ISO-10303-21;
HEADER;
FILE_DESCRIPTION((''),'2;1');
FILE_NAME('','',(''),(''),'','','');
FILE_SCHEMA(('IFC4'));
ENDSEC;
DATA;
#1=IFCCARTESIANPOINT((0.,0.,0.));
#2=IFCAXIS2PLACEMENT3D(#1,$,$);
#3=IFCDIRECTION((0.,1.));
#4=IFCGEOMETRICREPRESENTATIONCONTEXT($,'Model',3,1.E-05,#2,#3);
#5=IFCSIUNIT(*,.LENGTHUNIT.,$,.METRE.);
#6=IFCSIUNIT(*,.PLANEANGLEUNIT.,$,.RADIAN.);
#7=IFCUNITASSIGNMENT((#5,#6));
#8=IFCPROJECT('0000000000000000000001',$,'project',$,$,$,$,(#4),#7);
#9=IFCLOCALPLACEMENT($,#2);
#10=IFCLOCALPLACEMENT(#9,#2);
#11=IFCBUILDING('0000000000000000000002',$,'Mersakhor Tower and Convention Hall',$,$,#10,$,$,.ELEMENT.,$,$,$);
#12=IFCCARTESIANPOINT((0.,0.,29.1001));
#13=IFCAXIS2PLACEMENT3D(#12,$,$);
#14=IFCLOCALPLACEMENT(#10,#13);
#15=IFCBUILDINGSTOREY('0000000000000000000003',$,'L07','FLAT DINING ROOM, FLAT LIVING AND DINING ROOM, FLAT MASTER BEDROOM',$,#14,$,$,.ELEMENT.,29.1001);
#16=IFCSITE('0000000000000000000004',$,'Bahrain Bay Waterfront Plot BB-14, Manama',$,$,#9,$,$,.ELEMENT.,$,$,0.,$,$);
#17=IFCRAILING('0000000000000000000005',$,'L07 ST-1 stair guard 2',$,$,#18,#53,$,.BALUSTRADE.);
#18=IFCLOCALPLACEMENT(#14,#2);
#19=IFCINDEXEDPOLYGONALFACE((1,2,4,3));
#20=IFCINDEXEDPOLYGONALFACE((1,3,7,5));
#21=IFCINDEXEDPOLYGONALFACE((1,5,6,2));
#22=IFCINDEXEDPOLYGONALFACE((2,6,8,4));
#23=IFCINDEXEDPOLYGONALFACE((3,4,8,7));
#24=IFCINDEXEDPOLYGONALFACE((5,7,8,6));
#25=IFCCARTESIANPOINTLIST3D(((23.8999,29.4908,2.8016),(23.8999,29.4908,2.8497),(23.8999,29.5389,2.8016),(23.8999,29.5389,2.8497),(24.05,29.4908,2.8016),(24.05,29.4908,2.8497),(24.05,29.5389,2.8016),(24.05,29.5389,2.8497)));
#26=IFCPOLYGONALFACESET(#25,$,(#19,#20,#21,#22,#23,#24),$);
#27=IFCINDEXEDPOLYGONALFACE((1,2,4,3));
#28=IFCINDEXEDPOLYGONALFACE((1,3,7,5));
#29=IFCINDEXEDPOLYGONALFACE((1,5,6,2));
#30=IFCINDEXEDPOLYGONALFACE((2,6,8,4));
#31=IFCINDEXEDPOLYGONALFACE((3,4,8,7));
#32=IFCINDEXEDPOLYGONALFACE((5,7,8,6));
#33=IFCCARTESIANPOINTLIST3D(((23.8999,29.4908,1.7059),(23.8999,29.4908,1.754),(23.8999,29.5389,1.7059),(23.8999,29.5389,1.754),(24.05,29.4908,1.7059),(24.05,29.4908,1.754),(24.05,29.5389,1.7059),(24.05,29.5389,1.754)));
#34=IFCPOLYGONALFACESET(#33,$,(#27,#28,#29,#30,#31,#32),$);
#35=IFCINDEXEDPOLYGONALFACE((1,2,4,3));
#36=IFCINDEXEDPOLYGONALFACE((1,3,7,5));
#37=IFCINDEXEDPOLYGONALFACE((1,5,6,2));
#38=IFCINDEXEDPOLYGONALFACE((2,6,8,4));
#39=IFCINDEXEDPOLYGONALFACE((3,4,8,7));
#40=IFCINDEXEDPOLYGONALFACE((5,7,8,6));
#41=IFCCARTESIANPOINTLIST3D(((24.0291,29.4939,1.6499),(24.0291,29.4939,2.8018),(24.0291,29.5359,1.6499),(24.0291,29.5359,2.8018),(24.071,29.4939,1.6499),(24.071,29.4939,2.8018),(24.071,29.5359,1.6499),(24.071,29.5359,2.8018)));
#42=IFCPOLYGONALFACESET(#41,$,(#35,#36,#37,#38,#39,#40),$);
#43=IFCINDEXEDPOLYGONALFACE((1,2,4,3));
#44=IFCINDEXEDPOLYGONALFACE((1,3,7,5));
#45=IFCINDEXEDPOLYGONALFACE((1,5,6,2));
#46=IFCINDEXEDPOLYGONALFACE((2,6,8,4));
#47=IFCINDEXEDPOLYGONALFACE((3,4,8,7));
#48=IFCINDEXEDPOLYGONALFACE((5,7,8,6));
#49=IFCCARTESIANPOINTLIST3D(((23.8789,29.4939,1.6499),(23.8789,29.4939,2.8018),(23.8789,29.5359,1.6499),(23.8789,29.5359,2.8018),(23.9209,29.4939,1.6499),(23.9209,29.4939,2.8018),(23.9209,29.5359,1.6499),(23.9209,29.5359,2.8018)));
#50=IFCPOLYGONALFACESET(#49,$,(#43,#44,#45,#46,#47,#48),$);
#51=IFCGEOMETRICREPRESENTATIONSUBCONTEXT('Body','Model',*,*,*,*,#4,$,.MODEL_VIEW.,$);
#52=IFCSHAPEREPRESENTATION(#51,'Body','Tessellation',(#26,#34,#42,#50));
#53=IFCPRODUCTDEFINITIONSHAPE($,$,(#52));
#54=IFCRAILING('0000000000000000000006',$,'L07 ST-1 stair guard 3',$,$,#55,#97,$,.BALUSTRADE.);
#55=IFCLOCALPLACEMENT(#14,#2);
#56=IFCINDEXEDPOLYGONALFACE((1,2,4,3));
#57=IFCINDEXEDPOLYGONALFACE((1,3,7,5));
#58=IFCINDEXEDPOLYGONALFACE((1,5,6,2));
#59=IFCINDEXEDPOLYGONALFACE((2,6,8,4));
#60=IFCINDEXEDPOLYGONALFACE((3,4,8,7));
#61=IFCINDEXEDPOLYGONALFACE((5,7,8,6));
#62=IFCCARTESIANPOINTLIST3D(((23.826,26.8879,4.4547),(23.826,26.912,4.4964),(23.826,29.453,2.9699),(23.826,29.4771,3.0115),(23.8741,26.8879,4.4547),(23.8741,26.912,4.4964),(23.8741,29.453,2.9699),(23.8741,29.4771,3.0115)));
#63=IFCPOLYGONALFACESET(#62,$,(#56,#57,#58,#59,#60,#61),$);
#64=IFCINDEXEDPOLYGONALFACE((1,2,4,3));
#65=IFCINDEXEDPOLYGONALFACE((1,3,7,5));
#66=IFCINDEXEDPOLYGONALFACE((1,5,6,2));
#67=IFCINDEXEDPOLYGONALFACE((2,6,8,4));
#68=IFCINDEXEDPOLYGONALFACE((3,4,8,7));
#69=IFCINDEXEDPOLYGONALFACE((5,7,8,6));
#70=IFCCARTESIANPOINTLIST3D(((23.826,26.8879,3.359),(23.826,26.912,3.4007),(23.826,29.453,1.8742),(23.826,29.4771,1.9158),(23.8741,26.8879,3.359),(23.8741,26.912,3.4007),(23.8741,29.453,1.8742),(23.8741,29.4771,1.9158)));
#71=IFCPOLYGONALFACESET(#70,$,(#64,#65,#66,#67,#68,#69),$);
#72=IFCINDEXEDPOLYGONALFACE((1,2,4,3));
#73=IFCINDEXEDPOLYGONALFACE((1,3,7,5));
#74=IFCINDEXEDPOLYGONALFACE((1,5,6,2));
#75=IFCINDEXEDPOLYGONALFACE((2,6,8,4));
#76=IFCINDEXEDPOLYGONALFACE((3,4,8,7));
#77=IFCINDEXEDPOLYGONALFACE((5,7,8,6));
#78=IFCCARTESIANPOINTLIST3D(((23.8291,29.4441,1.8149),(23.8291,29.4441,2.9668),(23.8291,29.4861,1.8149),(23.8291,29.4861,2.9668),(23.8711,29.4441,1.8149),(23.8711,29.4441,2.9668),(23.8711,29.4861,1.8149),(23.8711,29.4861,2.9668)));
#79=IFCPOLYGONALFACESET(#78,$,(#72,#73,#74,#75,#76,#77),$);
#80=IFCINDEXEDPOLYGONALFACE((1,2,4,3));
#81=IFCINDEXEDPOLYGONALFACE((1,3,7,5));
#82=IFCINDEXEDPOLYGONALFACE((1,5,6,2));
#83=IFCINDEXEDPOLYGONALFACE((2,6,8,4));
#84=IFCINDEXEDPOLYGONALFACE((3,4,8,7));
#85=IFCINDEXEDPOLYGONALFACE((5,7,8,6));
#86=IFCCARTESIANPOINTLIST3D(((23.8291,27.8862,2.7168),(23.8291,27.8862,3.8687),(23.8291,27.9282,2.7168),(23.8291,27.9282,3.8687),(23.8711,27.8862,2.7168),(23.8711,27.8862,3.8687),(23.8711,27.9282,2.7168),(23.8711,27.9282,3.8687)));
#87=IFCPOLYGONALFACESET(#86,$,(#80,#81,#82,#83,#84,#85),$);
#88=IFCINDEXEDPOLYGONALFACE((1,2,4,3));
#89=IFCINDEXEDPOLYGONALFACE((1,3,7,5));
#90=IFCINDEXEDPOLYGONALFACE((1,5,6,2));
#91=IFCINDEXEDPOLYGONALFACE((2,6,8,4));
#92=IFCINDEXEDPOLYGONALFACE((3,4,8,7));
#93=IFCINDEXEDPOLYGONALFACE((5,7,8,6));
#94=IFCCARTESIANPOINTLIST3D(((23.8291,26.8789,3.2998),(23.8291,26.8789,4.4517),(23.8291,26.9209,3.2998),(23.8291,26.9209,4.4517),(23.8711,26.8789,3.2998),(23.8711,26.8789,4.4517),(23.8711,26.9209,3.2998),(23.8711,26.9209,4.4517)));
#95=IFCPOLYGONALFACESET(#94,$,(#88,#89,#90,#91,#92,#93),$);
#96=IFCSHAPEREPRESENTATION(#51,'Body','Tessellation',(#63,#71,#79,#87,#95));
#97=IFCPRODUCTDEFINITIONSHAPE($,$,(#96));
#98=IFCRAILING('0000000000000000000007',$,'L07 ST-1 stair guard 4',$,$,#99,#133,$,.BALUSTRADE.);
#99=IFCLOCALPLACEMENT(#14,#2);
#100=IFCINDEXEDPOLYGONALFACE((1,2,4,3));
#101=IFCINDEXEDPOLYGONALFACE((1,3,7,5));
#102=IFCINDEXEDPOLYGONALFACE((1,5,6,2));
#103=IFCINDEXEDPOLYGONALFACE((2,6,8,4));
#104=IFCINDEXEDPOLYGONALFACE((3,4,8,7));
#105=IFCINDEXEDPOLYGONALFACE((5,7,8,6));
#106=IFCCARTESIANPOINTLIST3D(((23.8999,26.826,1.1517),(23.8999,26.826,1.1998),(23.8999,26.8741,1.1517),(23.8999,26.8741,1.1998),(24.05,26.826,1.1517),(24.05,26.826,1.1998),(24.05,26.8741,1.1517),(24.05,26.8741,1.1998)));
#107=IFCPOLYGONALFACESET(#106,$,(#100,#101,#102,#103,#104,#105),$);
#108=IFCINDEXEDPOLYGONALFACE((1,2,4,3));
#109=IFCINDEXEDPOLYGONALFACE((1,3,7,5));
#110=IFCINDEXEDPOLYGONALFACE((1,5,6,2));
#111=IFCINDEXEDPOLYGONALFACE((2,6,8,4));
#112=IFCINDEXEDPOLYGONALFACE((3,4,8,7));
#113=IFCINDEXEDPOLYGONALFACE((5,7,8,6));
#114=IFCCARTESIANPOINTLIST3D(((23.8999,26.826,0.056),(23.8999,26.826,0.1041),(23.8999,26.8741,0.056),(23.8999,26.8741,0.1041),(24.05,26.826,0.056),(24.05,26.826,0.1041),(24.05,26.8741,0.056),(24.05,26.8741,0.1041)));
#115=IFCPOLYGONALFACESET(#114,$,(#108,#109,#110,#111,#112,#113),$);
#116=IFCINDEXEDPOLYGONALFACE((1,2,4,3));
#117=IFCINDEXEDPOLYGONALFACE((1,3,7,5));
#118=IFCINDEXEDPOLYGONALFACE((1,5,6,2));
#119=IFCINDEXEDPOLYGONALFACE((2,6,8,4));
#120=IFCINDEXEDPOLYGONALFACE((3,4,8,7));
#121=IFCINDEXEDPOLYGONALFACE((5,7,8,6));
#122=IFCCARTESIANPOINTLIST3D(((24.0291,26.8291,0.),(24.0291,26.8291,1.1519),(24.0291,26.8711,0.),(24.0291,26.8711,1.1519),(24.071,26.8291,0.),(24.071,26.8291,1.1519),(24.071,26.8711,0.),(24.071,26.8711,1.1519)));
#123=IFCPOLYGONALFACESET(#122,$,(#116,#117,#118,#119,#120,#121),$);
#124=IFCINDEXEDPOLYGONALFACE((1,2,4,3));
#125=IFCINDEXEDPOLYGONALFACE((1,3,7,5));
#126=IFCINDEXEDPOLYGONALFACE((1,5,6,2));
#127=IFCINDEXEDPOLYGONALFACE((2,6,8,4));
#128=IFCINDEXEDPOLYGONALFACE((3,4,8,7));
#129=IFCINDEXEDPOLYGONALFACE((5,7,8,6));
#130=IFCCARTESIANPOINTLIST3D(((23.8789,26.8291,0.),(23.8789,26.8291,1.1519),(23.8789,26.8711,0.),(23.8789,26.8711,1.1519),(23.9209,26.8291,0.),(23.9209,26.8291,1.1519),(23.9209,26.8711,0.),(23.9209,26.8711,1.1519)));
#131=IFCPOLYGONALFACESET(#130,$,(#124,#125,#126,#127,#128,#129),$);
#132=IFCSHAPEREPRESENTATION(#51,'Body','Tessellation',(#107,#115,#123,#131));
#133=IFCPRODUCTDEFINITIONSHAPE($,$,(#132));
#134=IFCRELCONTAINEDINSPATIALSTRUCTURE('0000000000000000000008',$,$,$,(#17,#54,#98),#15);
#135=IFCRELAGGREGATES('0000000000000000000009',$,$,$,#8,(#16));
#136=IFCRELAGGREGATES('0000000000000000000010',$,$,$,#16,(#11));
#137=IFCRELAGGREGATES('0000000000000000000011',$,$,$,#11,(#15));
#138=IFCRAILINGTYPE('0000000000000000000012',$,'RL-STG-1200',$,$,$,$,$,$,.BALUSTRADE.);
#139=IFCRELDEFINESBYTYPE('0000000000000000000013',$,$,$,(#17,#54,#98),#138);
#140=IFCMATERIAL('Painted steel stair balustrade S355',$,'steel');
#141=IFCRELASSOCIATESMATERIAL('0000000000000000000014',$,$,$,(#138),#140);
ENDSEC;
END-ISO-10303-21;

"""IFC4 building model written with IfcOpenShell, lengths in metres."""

from ifc_helpers import new_model, si_unit, direction, frame, origin, origin_2d, place, context, subcontext, project, spatial, rectangle, extrude, material, type_object, element, save


model = new_model("IFC4")

# Units and contexts
model_context = context("Model", 3, precision=1e-05, world=origin(), true_north=direction((0.0, 1.0)))
body_context = subcontext(model_context, "Body", "Model", "MODEL_VIEW")
ifc_project = project(units=[si_unit("LENGTHUNIT", "METRE"), si_unit("PLANEANGLEUNIT", "RADIAN")], contexts=[model_context])

# Site, building, storey
site_placement = place(None, origin())
site = spatial("IfcSite", under=ifc_project, at=site_placement, Name="Bahrain Bay Waterfront Plot BB-14, Manama", CompositionType="ELEMENT", RefElevation=0.0)
building_placement = place(site_placement, origin())
building = spatial("IfcBuilding", under=site, at=building_placement, Name="Mersakhor Tower and Convention Hall", CompositionType="ELEMENT")
storey_placement = place(building_placement, frame((0.0, 0.0, 29.1001)))
storey = spatial("IfcBuildingStorey", under=building, at=storey_placement, Name="L07", Description="FLAT DINING ROOM, FLAT LIVING AND DINING ROOM, FLAT MASTER BEDROOM", CompositionType="ELEMENT", Elevation=29.1001)

# Railings
ifc_material_1 = material(Name="Painted steel stair balustrade S355", Category="steel")
railing_type_1 = type_object("IfcRailingType", Name="RL-STG-1200", PredefinedType="BALUSTRADE", material=ifc_material_1)
railing_1_placement = place(storey_placement, frame((24.05, 29.5149, 1.6499)))
element("IfcRailing", 1, at=railing_1_placement, inside=storey, type_object=railing_type_1, Name="L07 ST-1 stair guard 2", PredefinedType="BALUSTRADE", context=body_context, shape_type="SweptSolid", body=[
    extrude(rectangle(XDim=0.0481, YDim=0.0481, at=origin_2d()), frame((0.0, 0.0, 1.1758), z_axis=(-1.0, 0.0, 0.0), x_axis=(0.0, -1.0, 0.0)), (0.0, 0.0, 1.0), 0.1501),
    extrude(rectangle(XDim=0.0481, YDim=0.0481, at=origin_2d()), frame((0.0, 0.0, 0.0801), z_axis=(-1.0, 0.0, 0.0), x_axis=(0.0, -1.0, 0.0)), (0.0, 0.0, 1.0), 0.1501),
    extrude(rectangle(XDim=0.042, YDim=0.042, at=origin_2d()), origin(), (0.0, 0.0, 1.0), 1.1519),
    extrude(rectangle(XDim=0.042, YDim=0.042, at=origin_2d()), frame((-0.1501, 0.0, 0.0)), (0.0, 0.0, 1.0), 1.1519),
])
railing_2_placement = place(storey_placement, frame((23.8501, 29.4651, 1.8149)))
element("IfcRailing", 2, at=railing_2_placement, inside=storey, type_object=railing_type_1, Name="L07 ST-1 stair guard 3", PredefinedType="BALUSTRADE", context=body_context, shape_type="SweptSolid", body=[
    extrude(rectangle(XDim=0.0481, YDim=0.0481, at=origin_2d()), frame((0.0, 0.0, 1.1758), z_axis=(0.0, -0.865462, 0.500975), x_axis=(1.0, 0.0, 0.0)), (0.0, 0.0, 1.0), 2.9639),
    extrude(rectangle(XDim=0.0481, YDim=0.0481, at=origin_2d()), frame((0.0, 0.0, 0.0801), z_axis=(0.0, -0.865462, 0.500975), x_axis=(1.0, 0.0, 0.0)), (0.0, 0.0, 1.0), 2.9639),
    extrude(rectangle(XDim=0.042, YDim=0.042, at=origin_2d()), origin(), (0.0, 0.0, 1.0), 1.1519),
    extrude(rectangle(XDim=0.042, YDim=0.042, at=origin_2d()), frame((0.0, -1.5579, 0.9019)), (0.0, 0.0, 1.0), 1.1519),
    extrude(rectangle(XDim=0.042, YDim=0.042, at=origin_2d()), frame((0.0, -2.5652, 1.4849)), (0.0, 0.0, 1.0), 1.1519),
])
railing_3_placement = place(storey_placement, frame((24.05, 26.8501, 0.0)))
element("IfcRailing", 3, at=railing_3_placement, inside=storey, type_object=railing_type_1, Name="L07 ST-1 stair guard 4", PredefinedType="BALUSTRADE", context=body_context, shape_type="SweptSolid", body=[
    extrude(rectangle(XDim=0.0481, YDim=0.0481, at=origin_2d()), frame((0.0, 0.0, 1.1758), z_axis=(-1.0, 0.0, 0.0), x_axis=(0.0, -1.0, 0.0)), (0.0, 0.0, 1.0), 0.1501),
    extrude(rectangle(XDim=0.0481, YDim=0.0481, at=origin_2d()), frame((0.0, 0.0, 0.0801), z_axis=(-1.0, 0.0, 0.0), x_axis=(0.0, -1.0, 0.0)), (0.0, 0.0, 1.0), 0.1501),
    extrude(rectangle(XDim=0.042, YDim=0.042, at=origin_2d()), origin(), (0.0, 0.0, 1.0), 1.1519),
    extrude(rectangle(XDim=0.042, YDim=0.042, at=origin_2d()), frame((-0.1501, 0.0, 0.0)), (0.0, 0.0, 1.0), 1.1519),
])

save(model, "model.ifc")
